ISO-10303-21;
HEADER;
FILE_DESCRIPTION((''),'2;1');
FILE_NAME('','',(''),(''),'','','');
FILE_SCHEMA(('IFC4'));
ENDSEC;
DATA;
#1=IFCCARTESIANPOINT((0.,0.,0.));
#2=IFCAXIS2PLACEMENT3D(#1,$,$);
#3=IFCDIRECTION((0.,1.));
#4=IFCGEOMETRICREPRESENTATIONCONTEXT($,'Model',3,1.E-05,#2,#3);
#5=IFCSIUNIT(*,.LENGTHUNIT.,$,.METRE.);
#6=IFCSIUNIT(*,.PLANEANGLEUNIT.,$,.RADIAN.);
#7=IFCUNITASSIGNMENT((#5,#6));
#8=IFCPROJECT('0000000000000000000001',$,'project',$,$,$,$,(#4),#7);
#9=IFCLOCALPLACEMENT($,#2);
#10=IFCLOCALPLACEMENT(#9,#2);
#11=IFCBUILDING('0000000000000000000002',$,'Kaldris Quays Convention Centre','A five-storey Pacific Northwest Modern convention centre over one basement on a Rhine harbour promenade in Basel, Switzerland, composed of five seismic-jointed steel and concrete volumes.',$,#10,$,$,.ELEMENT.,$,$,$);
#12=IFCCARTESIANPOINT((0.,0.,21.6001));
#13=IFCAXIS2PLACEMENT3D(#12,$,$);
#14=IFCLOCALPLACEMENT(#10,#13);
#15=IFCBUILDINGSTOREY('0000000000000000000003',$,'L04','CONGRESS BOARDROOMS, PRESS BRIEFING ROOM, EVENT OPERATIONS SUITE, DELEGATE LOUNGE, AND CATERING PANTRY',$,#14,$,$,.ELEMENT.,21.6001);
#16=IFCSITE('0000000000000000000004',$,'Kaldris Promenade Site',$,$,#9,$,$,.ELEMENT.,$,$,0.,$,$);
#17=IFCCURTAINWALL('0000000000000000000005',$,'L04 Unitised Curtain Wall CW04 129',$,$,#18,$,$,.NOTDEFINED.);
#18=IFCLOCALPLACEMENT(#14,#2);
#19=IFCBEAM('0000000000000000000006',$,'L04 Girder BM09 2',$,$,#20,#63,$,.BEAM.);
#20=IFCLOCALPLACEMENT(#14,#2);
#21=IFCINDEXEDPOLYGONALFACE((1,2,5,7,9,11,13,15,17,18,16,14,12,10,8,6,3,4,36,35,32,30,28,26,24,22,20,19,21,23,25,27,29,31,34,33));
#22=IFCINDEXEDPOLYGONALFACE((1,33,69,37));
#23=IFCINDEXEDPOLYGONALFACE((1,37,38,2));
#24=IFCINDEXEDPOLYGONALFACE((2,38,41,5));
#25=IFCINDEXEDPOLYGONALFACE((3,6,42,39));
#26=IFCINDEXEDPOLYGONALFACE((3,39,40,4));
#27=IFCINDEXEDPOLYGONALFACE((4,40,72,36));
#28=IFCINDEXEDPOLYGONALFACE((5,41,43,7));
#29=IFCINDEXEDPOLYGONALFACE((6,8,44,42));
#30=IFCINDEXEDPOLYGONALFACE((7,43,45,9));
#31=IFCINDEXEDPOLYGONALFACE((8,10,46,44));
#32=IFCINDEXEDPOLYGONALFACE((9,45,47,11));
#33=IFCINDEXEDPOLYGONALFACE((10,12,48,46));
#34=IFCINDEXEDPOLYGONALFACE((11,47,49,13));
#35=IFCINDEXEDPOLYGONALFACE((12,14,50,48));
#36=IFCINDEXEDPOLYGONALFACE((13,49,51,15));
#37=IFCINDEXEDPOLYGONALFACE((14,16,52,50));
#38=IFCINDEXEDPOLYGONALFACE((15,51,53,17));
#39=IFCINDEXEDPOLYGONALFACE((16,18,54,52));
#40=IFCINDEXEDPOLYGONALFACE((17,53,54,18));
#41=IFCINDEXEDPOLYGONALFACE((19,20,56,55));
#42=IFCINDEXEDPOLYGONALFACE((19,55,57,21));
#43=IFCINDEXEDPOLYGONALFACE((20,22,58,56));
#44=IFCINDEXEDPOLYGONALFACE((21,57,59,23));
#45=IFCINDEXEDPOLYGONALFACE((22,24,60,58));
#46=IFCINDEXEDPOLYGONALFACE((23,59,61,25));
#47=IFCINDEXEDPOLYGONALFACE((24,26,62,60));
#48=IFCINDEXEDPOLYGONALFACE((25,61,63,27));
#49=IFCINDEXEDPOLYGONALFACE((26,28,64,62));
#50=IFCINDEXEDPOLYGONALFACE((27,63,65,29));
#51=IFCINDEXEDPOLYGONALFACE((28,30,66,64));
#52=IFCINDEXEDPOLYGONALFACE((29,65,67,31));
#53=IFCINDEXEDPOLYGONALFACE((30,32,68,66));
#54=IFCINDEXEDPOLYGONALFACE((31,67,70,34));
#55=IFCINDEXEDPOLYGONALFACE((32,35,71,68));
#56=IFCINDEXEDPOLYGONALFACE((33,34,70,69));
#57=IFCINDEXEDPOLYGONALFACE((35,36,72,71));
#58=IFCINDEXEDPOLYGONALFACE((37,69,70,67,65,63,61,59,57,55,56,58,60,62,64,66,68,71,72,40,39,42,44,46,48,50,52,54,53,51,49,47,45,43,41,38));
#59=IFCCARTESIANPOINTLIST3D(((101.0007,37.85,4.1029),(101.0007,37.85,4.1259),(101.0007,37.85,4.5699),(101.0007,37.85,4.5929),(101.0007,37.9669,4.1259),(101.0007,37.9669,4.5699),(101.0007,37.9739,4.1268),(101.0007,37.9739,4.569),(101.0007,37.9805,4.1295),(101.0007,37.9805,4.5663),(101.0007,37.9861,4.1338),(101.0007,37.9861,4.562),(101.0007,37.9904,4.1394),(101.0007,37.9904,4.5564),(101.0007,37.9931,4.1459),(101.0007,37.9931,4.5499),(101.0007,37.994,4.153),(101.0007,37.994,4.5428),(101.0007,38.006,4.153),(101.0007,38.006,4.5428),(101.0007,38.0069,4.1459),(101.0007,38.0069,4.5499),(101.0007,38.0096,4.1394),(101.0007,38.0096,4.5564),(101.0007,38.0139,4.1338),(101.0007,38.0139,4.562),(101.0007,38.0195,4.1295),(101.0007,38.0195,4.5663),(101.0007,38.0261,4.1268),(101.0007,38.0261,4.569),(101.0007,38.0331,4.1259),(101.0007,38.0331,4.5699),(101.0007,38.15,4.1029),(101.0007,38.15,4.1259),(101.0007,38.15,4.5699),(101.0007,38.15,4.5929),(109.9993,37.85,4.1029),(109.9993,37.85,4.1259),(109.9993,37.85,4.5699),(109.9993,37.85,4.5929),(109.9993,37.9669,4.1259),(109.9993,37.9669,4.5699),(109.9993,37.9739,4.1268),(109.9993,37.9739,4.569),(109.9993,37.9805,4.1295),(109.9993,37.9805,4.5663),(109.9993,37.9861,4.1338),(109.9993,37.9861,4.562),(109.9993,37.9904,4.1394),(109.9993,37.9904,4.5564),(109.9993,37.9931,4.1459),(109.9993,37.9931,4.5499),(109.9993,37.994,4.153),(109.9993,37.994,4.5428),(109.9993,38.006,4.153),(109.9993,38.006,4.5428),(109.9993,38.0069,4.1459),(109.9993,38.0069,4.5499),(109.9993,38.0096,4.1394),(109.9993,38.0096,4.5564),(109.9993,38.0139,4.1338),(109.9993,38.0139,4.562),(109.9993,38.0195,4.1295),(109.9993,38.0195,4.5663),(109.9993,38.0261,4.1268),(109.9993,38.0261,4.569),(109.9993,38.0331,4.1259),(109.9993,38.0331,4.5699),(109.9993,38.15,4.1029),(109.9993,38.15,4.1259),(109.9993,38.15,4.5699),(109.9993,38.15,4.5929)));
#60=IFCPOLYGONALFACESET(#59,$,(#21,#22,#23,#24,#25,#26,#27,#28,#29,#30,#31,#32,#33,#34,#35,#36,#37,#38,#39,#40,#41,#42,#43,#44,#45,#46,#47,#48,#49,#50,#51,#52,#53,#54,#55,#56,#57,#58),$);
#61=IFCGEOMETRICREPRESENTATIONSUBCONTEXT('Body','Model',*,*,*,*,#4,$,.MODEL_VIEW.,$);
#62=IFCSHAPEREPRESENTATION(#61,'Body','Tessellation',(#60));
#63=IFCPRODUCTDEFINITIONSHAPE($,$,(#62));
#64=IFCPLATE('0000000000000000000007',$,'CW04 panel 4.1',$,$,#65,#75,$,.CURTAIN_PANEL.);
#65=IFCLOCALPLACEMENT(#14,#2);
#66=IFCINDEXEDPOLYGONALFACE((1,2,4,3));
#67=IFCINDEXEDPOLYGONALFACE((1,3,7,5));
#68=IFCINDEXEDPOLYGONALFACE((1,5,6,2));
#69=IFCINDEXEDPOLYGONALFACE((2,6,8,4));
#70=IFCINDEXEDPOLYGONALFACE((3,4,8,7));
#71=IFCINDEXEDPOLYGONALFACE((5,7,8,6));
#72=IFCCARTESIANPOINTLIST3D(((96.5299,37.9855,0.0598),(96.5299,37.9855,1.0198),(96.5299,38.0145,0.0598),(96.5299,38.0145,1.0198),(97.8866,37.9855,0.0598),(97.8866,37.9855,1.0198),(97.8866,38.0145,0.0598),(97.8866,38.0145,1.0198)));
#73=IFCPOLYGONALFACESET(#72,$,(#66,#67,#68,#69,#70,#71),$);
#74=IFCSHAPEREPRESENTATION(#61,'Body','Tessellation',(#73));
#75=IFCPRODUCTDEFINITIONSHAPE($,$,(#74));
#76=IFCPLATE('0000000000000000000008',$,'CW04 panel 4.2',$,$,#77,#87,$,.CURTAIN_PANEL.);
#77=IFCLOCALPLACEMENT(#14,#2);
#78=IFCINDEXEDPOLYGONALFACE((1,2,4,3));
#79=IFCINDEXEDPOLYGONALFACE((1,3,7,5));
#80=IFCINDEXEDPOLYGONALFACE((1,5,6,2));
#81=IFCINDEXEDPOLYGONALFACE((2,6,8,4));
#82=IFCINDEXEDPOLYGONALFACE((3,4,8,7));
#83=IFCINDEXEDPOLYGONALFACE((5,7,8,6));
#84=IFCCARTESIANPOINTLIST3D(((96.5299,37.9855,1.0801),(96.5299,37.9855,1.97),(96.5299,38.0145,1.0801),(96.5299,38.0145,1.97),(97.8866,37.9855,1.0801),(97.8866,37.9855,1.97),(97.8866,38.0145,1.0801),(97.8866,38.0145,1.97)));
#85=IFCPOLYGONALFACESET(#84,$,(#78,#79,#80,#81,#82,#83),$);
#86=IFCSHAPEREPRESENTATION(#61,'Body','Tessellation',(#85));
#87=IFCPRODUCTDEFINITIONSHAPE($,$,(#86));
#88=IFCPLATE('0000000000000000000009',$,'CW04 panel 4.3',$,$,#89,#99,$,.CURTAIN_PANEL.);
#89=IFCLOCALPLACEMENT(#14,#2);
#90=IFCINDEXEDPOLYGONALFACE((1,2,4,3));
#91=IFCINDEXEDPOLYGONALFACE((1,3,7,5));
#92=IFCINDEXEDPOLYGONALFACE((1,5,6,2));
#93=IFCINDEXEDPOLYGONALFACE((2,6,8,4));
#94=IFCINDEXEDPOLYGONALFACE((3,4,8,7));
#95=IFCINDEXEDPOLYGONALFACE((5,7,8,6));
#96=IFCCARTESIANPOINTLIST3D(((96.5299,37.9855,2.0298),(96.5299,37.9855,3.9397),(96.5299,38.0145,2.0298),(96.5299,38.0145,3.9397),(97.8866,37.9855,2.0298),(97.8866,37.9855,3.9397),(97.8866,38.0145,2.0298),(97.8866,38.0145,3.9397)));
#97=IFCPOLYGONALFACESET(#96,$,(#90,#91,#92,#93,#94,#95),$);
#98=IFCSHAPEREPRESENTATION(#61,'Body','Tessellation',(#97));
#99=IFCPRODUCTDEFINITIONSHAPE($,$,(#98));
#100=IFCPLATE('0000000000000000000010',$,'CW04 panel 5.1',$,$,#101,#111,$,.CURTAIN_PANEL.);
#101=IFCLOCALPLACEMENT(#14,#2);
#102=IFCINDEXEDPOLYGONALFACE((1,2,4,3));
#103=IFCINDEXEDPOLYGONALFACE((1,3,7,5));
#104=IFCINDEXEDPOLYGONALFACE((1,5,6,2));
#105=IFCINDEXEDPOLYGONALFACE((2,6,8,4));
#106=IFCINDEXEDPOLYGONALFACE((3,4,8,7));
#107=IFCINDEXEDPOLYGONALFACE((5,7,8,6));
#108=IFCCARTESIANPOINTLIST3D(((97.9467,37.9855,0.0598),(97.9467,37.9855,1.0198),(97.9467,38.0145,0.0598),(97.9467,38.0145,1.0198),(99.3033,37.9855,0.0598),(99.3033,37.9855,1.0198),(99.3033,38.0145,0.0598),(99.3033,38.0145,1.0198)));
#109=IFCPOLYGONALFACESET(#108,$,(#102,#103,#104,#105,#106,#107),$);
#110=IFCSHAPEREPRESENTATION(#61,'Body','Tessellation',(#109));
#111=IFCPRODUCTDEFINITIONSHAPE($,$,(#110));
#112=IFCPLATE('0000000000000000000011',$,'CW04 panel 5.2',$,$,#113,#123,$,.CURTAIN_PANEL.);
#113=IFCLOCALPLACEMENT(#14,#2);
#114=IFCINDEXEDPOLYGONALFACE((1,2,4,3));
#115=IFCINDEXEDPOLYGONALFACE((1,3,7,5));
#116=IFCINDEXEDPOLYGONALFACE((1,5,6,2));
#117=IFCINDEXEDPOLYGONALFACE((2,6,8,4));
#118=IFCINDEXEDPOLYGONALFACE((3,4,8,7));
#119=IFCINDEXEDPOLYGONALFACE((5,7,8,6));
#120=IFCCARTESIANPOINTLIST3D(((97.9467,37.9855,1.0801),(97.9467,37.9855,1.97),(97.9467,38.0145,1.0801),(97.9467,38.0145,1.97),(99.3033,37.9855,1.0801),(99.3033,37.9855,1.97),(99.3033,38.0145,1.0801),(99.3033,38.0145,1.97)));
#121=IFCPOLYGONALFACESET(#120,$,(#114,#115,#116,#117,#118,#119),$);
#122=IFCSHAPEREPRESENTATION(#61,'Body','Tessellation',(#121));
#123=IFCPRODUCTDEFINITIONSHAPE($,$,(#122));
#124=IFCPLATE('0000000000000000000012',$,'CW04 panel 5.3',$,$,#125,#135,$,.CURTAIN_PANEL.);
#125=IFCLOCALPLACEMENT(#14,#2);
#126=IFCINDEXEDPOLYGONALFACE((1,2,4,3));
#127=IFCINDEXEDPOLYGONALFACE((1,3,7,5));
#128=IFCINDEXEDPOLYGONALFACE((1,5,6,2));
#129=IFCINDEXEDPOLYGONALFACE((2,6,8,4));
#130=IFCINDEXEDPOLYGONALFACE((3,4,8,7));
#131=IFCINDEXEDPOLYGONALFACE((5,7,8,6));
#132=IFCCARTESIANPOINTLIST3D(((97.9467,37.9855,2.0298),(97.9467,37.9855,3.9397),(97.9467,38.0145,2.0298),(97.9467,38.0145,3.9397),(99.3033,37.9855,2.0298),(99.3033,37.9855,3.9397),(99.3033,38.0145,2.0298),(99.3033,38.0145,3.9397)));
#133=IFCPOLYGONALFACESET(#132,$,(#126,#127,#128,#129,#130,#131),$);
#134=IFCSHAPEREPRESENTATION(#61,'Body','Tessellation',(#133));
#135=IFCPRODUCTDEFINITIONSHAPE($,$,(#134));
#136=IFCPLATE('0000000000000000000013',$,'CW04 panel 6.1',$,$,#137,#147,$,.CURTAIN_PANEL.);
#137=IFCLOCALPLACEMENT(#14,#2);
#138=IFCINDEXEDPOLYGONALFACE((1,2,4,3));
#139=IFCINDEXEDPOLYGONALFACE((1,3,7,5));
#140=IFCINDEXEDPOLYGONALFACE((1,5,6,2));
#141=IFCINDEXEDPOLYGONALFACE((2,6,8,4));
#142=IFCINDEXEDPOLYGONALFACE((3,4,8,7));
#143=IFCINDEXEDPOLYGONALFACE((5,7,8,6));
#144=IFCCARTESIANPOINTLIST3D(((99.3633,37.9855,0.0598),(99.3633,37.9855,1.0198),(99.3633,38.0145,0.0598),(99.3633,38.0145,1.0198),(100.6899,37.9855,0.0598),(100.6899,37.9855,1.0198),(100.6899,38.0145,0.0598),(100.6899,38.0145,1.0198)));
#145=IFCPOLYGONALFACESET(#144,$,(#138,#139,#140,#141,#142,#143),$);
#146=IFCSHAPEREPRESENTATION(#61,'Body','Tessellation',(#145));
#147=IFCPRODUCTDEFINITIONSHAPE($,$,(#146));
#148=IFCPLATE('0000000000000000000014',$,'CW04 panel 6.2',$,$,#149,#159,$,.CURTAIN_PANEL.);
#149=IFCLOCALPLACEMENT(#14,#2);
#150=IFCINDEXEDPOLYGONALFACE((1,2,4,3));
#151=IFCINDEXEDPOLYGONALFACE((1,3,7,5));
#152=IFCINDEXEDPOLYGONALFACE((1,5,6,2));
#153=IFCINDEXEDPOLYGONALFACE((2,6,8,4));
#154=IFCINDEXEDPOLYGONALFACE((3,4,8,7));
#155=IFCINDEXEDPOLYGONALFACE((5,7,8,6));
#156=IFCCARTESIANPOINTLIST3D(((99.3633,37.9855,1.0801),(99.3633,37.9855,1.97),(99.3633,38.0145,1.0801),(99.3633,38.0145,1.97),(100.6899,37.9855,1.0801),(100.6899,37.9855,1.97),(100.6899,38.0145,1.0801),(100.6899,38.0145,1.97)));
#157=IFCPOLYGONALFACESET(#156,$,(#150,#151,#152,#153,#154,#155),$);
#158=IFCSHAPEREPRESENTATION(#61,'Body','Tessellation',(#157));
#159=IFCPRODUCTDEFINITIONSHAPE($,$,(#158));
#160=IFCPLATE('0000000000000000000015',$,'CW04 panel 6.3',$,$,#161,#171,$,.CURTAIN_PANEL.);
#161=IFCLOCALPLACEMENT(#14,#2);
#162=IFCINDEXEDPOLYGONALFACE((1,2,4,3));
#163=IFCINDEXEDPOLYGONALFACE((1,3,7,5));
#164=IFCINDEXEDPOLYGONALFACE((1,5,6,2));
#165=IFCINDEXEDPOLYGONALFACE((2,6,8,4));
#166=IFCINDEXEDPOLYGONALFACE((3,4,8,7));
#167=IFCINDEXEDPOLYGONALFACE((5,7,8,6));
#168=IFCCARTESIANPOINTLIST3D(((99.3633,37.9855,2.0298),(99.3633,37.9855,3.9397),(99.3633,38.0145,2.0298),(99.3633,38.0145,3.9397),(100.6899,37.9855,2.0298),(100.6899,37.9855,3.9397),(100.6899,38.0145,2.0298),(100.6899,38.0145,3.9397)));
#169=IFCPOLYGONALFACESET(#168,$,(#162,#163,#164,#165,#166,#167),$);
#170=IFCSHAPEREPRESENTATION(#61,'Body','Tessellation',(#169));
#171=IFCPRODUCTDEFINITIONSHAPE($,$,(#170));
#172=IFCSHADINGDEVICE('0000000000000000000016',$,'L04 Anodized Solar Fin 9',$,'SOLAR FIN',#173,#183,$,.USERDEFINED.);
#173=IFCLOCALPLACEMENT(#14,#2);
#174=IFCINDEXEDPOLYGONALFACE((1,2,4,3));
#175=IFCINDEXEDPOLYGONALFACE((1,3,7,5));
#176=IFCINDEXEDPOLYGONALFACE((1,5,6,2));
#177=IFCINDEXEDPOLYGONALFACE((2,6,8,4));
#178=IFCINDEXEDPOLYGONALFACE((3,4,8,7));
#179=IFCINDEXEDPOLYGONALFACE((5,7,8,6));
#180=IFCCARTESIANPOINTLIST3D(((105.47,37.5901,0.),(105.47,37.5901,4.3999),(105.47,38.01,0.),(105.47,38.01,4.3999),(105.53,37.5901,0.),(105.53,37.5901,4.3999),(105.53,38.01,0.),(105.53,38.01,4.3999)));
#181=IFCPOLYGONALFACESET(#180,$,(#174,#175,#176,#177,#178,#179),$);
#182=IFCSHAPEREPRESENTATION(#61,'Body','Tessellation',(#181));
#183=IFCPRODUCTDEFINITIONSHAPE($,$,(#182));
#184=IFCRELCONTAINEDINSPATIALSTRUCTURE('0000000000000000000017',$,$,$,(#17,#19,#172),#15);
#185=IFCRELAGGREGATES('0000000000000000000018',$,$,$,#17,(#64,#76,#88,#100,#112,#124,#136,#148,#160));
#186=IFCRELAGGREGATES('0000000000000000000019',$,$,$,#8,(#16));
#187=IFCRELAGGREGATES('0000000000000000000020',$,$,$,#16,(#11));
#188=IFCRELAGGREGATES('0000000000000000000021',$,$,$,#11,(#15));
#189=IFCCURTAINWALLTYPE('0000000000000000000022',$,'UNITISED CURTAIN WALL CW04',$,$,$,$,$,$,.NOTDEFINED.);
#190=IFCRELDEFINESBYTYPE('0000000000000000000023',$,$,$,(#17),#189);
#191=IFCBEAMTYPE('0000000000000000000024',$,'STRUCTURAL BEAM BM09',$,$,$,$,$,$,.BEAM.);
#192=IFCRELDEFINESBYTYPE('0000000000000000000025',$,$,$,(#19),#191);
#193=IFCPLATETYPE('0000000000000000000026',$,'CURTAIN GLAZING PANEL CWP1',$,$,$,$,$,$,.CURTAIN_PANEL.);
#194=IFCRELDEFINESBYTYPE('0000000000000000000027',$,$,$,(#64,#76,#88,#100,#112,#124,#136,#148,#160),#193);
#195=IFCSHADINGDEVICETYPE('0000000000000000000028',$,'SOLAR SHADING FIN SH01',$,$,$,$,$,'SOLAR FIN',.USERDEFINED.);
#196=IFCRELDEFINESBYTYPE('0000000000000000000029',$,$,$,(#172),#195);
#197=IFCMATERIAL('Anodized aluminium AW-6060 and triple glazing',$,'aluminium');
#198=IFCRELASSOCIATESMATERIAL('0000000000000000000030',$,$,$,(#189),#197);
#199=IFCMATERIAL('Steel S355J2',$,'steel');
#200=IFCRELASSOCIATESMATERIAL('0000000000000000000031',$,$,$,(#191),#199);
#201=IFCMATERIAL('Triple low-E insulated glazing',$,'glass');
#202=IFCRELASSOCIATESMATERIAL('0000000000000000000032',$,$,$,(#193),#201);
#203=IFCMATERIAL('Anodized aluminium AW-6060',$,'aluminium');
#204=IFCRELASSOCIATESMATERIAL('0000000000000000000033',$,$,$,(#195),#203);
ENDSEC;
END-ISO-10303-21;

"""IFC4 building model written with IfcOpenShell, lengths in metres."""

from ifc_helpers import new_model, si_unit, direction, frame, origin, origin_2d, place, context, subcontext, project, spatial, rectangle, i_section, extrude, material, material_profile, profile_set, type_object, element, aggregate, save


model = new_model("IFC4")

# Units and contexts
model_context = context("Model", 3, precision=1e-05, world=origin(), true_north=direction((0.0, 1.0)))
body_context = subcontext(model_context, "Body", "Model", "MODEL_VIEW")
ifc_project = project(units=[si_unit("LENGTHUNIT", "METRE"), si_unit("PLANEANGLEUNIT", "RADIAN")], contexts=[model_context])

# Site, building, storey
site_placement = place(None, origin())
site = spatial("IfcSite", under=ifc_project, at=site_placement, Name="Kaldris Promenade Site", CompositionType="ELEMENT", RefElevation=0.0)
building_placement = place(site_placement, origin())
building = spatial("IfcBuilding", under=site, at=building_placement, Name="Kaldris Quays Convention Centre", Description="A five-storey Pacific Northwest Modern convention centre over one basement on a Rhine harbour promenade in Basel, Switzerland, composed of five seismic-jointed steel and concrete volumes.", CompositionType="ELEMENT")
storey_placement = place(building_placement, frame((0.0, 0.0, 21.6001)))
storey = spatial("IfcBuildingStorey", under=building, at=storey_placement, Name="L04", Description="CONGRESS BOARDROOMS, PRESS BRIEFING ROOM, EVENT OPERATIONS SUITE, DELEGATE LOUNGE, AND CATERING PANTRY", CompositionType="ELEMENT", Elevation=21.6001)

# Shared definitions
ifc_material_1 = material(Name="Steel S355J2", Category="steel")

# Curtain wall
ifc_material_2 = material(Name="Anodized aluminium AW-6060 and triple glazing", Category="aluminium")
curtain_wall_type = type_object("IfcCurtainWallType", Name="UNITISED CURTAIN WALL CW04", PredefinedType="NOTDEFINED", material=ifc_material_2)
curtain_wall_1_placement = place(storey_placement, origin())
curtain_wall_1 = element("IfcCurtainWall", 1, at=curtain_wall_1_placement, inside=storey, type_object=curtain_wall_type, Name="L04 Unitised Curtain Wall CW04 129", PredefinedType="NOTDEFINED")
ifc_material_3 = material(Name="Anodized aluminium AW-6060", Category="aluminium")

# Beam
ifc_material_profile_1 = material_profile(ifc_material_1, i_section(OverallWidth=0.3, OverallDepth=0.49, WebThickness=0.012, FlangeThickness=0.0229, FilletRadius=0.0271, at=origin_2d()), Name="HEA 500")
ifc_profile_set_1 = profile_set([ifc_material_profile_1], Name="Steel S355J2")
beam_type = type_object("IfcBeamType", Name="STRUCTURAL BEAM BM09", PredefinedType="BEAM", material=ifc_profile_set_1)
beam_placement = place(storey_placement, frame((101.0007, 38.0, 4.3479), z_axis=(1.0, 0.0, 0.0), x_axis=(0.0, 1.0, 0.0)))
element("IfcBeam", 2, at=beam_placement, inside=storey, type_object=beam_type, Name="L04 Girder BM09 2", PredefinedType="BEAM", context=body_context, shape_type="SweptSolid", body=[
    extrude(i_section(OverallWidth=0.3, OverallDepth=0.49, WebThickness=0.012, FlangeThickness=0.0229, FilletRadius=0.0271, at=origin_2d()), origin(), (0.0, 0.0, 1.0), 8.9985),
])

# Plates
ifc_material_4 = material(Name="Triple low-E insulated glazing", Category="glass")
plate_type = type_object("IfcPlateType", Name="CURTAIN GLAZING PANEL CWP1", PredefinedType="CURTAIN_PANEL", material=ifc_material_4)
plate_1_placement = place(storey_placement, frame((97.2083, 38.0, 0.0598), z_axis=(0.0, 0.0, 1.0), x_axis=(1.0, 0.0, 0.0)))
plate_1 = element("IfcPlate", 3, at=plate_1_placement, type_object=plate_type, Name="CW04 panel 4.1", PredefinedType="CURTAIN_PANEL", context=body_context, shape_type="SweptSolid", body=[
    extrude(rectangle(XDim=1.3567, YDim=0.0291, at=origin_2d()), origin(), (0.0, 0.0, 1.0), 0.96),
])
plate_2_placement = place(storey_placement, frame((97.2083, 38.0, 1.0801), z_axis=(0.0, 0.0, 1.0), x_axis=(1.0, 0.0, 0.0)))
plate_2 = element("IfcPlate", 4, at=plate_2_placement, type_object=plate_type, Name="CW04 panel 4.2", PredefinedType="CURTAIN_PANEL", context=body_context, shape_type="SweptSolid", body=[
    extrude(rectangle(XDim=1.3567, YDim=0.0291, at=origin_2d()), origin(), (0.0, 0.0, 1.0), 0.8899),
])
plate_3_placement = place(storey_placement, frame((97.2083, 38.0, 2.0298), z_axis=(0.0, 0.0, 1.0), x_axis=(1.0, 0.0, 0.0)))
plate_3 = element("IfcPlate", 5, at=plate_3_placement, type_object=plate_type, Name="CW04 panel 4.3", PredefinedType="CURTAIN_PANEL", context=body_context, shape_type="SweptSolid", body=[
    extrude(rectangle(XDim=1.3567, YDim=0.0291, at=origin_2d()), origin(), (0.0, 0.0, 1.0), 1.9099),
])
plate_4_placement = place(storey_placement, frame((98.625, 38.0, 0.0598), z_axis=(0.0, 0.0, 1.0), x_axis=(1.0, 0.0, 0.0)))
plate_4 = element("IfcPlate", 6, at=plate_4_placement, type_object=plate_type, Name="CW04 panel 5.1", PredefinedType="CURTAIN_PANEL", context=body_context, shape_type="SweptSolid", body=[
    extrude(rectangle(XDim=1.3567, YDim=0.0291, at=origin_2d()), origin(), (0.0, 0.0, 1.0), 0.96),
])
plate_5_placement = place(storey_placement, frame((98.625, 38.0, 1.0801), z_axis=(0.0, 0.0, 1.0), x_axis=(1.0, 0.0, 0.0)))
plate_5 = element("IfcPlate", 7, at=plate_5_placement, type_object=plate_type, Name="CW04 panel 5.2", PredefinedType="CURTAIN_PANEL", context=body_context, shape_type="SweptSolid", body=[
    extrude(rectangle(XDim=1.3567, YDim=0.0291, at=origin_2d()), origin(), (0.0, 0.0, 1.0), 0.8899),
])
plate_6_placement = place(storey_placement, frame((98.625, 38.0, 2.0298), z_axis=(0.0, 0.0, 1.0), x_axis=(1.0, 0.0, 0.0)))
plate_6 = element("IfcPlate", 8, at=plate_6_placement, type_object=plate_type, Name="CW04 panel 5.3", PredefinedType="CURTAIN_PANEL", context=body_context, shape_type="SweptSolid", body=[
    extrude(rectangle(XDim=1.3567, YDim=0.0291, at=origin_2d()), origin(), (0.0, 0.0, 1.0), 1.9099),
])
plate_7_placement = place(storey_placement, frame((100.0266, 38.0, 0.0598), z_axis=(0.0, 0.0, 1.0), x_axis=(1.0, 0.0, 0.0)))
plate_7 = element("IfcPlate", 9, at=plate_7_placement, type_object=plate_type, Name="CW04 panel 6.1", PredefinedType="CURTAIN_PANEL", context=body_context, shape_type="SweptSolid", body=[
    extrude(rectangle(XDim=1.3267, YDim=0.0291, at=origin_2d()), origin(), (0.0, 0.0, 1.0), 0.96),
])
plate_8_placement = place(storey_placement, frame((100.0266, 38.0, 1.0801), z_axis=(0.0, 0.0, 1.0), x_axis=(1.0, 0.0, 0.0)))
plate_8 = element("IfcPlate", 10, at=plate_8_placement, type_object=plate_type, Name="CW04 panel 6.2", PredefinedType="CURTAIN_PANEL", context=body_context, shape_type="SweptSolid", body=[
    extrude(rectangle(XDim=1.3267, YDim=0.0291, at=origin_2d()), origin(), (0.0, 0.0, 1.0), 0.8899),
])
plate_9_placement = place(storey_placement, frame((100.0266, 38.0, 2.0298), z_axis=(0.0, 0.0, 1.0), x_axis=(1.0, 0.0, 0.0)))
plate_9 = element("IfcPlate", 11, at=plate_9_placement, type_object=plate_type, Name="CW04 panel 6.3", PredefinedType="CURTAIN_PANEL", context=body_context, shape_type="SweptSolid", body=[
    extrude(rectangle(XDim=1.3267, YDim=0.0291, at=origin_2d()), origin(), (0.0, 0.0, 1.0), 1.9099),
])
aggregate(curtain_wall_1, [plate_1, plate_2, plate_3, plate_4, plate_5, plate_6, plate_7, plate_8, plate_9])

# Shading device
shading_device_type = type_object("IfcShadingDeviceType", Name="SOLAR SHADING FIN SH01", ElementType="SOLAR FIN", PredefinedType="USERDEFINED", material=ifc_material_3)
shading_device_placement = place(storey_placement, frame((105.5, 37.8, 0.0), z_axis=(0.0, 0.0, 1.0), x_axis=(1.0, 0.0, 0.0)))
element("IfcShadingDevice", 12, at=shading_device_placement, inside=storey, type_object=shading_device_type, Name="L04 Anodized Solar Fin 9", ObjectType="SOLAR FIN", PredefinedType="USERDEFINED", context=body_context, shape_type="SweptSolid", body=[
    extrude(rectangle(XDim=0.0601, YDim=0.4199, at=origin_2d()), origin(), (0.0, 0.0, 1.0), 4.3999),
])

save(model, "model.ifc")
